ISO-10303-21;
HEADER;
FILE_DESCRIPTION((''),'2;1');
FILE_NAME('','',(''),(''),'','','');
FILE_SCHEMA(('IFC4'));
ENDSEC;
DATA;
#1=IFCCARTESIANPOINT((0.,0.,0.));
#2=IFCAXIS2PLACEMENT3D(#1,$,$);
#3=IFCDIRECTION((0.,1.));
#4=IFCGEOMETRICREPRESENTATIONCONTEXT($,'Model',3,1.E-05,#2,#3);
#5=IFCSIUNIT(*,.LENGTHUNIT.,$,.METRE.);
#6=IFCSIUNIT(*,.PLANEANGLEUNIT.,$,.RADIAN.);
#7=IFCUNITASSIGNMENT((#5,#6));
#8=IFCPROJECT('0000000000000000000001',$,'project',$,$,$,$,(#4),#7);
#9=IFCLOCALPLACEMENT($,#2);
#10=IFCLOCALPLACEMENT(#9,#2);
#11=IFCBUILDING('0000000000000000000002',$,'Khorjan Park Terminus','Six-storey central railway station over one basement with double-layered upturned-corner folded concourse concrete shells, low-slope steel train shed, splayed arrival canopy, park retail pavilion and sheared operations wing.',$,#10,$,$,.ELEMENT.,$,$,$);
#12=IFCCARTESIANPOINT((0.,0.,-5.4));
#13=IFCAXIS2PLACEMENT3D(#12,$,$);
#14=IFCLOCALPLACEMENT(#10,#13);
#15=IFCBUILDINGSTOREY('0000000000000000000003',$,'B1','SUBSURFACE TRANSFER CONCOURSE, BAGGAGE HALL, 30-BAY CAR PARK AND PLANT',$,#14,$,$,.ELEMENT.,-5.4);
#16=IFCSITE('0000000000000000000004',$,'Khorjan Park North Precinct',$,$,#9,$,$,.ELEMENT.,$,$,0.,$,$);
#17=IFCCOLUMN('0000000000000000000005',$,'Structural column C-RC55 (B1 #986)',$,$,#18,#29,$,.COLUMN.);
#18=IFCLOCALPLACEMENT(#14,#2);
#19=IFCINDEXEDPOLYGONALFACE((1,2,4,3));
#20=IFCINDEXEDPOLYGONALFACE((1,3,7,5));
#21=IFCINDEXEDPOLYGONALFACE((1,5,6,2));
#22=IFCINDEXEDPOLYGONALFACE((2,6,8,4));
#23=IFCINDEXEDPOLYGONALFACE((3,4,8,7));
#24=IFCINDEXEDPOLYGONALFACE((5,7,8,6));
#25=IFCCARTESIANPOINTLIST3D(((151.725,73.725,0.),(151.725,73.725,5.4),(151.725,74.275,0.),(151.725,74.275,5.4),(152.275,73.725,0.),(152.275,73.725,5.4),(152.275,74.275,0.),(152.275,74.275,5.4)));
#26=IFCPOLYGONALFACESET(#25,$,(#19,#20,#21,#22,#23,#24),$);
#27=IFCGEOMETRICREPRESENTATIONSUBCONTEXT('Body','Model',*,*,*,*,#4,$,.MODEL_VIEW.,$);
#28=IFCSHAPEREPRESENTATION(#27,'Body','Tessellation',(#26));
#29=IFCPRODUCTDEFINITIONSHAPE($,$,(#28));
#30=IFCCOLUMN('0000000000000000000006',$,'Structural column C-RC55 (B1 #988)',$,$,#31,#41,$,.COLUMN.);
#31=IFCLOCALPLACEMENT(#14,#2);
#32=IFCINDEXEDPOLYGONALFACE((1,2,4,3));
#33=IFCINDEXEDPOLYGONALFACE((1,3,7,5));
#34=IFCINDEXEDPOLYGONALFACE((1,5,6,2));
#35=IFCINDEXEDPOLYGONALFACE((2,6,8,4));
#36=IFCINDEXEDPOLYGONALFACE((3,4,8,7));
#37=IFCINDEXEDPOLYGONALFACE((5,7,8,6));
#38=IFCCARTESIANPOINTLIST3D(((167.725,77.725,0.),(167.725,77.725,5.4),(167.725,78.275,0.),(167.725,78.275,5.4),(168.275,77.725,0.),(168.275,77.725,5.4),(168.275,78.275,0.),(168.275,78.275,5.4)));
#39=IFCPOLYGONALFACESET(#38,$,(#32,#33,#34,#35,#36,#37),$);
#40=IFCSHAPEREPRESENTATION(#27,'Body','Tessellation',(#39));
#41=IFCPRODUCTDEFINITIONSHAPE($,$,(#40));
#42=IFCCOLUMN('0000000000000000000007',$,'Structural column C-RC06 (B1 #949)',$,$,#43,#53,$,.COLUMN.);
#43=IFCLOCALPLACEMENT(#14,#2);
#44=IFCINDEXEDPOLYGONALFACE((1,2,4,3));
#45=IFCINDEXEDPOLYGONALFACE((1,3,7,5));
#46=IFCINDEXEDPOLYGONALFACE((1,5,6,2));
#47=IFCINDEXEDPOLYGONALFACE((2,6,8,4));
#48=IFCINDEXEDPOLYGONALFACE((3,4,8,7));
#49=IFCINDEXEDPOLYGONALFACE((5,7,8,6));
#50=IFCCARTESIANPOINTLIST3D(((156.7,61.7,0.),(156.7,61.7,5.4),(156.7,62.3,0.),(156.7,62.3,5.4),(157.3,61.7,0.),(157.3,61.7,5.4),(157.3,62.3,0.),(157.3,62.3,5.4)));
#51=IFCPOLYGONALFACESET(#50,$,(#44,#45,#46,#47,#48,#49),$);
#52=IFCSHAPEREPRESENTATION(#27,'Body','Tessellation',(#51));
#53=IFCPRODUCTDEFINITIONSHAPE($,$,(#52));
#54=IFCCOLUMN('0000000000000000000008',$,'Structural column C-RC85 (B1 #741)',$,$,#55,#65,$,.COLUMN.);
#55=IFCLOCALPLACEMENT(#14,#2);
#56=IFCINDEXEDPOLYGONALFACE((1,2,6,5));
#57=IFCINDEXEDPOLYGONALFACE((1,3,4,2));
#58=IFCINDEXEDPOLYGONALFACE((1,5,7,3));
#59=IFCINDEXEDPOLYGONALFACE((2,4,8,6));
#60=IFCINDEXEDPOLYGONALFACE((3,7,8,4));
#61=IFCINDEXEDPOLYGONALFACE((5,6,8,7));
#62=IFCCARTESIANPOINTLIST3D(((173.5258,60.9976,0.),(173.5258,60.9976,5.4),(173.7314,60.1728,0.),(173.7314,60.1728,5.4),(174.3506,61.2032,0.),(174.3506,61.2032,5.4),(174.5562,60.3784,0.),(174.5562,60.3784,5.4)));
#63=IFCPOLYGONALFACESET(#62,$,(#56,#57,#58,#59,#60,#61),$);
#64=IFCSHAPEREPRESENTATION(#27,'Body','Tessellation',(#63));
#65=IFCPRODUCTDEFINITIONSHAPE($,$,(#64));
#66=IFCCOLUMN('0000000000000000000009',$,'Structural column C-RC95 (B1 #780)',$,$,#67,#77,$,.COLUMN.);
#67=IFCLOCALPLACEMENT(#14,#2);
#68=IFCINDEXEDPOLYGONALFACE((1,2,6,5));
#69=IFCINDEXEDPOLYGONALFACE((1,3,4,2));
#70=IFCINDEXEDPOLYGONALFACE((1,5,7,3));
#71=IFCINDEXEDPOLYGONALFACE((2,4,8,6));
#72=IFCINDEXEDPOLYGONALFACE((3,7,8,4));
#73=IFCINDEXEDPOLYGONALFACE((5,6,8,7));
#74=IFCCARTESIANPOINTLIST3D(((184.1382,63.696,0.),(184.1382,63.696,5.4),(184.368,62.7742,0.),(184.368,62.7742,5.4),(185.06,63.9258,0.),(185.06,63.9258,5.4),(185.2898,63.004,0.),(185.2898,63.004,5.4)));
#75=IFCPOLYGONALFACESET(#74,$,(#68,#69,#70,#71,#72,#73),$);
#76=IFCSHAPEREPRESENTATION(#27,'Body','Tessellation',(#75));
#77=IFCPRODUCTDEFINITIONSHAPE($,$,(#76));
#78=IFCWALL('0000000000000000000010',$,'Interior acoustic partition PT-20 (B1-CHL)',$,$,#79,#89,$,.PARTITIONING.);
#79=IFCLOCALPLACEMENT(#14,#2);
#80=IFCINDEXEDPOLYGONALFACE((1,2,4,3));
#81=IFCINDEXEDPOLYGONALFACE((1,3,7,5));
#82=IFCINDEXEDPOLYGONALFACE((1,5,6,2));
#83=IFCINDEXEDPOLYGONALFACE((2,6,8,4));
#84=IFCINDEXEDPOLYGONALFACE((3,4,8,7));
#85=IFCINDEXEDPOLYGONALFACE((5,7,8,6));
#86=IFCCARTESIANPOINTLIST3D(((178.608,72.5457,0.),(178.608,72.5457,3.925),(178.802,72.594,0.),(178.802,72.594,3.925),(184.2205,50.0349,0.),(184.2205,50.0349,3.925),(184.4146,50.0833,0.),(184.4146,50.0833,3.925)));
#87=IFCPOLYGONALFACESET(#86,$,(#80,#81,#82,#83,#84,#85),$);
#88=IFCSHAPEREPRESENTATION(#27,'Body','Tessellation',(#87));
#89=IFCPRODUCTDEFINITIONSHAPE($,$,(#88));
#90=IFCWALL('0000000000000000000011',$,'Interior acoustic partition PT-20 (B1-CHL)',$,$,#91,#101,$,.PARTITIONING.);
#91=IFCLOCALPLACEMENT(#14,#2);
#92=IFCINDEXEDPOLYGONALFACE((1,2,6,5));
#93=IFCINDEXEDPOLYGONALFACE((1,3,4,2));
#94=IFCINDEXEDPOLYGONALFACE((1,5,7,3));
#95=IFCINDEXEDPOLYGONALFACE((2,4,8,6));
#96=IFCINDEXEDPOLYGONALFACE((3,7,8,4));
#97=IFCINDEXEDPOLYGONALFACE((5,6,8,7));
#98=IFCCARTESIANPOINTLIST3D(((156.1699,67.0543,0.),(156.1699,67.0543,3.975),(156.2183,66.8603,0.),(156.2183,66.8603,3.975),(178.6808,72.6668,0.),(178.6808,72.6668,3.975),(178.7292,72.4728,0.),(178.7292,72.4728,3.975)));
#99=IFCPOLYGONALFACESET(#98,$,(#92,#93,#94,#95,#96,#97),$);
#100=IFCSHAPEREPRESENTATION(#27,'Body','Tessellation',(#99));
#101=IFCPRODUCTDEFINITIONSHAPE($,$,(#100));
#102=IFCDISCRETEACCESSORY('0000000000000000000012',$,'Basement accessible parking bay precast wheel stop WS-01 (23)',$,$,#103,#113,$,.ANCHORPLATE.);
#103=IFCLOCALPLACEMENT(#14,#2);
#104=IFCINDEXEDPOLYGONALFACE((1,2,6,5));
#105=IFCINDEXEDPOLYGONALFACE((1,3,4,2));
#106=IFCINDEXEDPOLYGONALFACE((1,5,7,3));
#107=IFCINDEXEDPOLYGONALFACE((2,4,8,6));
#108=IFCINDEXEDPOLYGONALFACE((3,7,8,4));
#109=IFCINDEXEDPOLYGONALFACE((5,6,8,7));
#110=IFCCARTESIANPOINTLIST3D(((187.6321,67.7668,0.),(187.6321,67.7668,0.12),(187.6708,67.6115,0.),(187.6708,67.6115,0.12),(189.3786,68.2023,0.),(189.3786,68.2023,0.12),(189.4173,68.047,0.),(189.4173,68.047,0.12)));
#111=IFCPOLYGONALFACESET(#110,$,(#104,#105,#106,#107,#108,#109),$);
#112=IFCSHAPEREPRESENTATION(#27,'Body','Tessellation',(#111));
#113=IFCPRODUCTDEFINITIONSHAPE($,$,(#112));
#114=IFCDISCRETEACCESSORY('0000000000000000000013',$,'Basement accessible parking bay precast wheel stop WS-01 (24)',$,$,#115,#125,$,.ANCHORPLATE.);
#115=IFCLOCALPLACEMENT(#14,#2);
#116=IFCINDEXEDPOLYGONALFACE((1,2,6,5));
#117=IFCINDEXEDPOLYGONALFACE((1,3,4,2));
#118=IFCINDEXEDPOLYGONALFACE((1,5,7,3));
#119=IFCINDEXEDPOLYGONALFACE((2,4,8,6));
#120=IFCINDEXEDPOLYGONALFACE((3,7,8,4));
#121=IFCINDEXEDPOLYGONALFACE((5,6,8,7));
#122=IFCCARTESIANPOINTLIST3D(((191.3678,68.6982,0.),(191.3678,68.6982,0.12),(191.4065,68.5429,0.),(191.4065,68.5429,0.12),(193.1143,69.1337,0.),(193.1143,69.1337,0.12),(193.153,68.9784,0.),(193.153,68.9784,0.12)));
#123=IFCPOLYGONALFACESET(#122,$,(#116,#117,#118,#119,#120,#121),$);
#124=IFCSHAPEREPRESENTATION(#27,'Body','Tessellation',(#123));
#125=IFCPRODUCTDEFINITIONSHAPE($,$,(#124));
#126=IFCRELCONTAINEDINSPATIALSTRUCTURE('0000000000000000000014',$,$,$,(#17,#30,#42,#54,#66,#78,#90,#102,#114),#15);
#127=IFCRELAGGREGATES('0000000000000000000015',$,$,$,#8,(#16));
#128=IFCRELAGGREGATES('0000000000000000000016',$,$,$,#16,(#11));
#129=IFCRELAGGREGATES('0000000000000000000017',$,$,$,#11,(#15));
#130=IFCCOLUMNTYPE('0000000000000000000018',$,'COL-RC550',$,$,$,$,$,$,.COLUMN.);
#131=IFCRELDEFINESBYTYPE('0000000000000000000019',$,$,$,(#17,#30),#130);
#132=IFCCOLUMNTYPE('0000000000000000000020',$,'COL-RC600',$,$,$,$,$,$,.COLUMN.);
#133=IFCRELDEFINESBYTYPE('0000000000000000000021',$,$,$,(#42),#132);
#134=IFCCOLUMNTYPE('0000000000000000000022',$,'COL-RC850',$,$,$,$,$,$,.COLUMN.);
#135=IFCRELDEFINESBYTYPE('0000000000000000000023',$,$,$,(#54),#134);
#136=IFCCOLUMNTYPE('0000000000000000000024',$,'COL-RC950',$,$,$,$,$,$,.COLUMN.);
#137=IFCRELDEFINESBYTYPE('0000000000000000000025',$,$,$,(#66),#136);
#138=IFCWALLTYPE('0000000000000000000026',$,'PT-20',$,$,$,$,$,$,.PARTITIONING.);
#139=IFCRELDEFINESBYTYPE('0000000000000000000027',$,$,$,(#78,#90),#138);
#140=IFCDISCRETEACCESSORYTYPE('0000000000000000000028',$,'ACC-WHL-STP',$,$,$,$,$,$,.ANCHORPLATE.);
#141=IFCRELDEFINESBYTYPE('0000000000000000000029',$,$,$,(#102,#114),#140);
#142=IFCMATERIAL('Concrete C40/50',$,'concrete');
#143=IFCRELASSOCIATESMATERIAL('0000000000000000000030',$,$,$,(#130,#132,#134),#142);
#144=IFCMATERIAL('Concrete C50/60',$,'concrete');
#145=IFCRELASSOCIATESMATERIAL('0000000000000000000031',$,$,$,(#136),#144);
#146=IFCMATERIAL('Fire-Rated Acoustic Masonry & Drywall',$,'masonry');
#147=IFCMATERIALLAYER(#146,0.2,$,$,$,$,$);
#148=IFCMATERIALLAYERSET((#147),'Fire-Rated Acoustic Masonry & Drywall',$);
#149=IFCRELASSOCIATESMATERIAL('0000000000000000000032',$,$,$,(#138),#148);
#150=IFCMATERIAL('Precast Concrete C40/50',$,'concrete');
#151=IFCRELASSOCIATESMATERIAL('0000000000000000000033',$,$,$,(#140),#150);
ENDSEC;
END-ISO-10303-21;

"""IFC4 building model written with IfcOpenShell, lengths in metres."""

from ifc_helpers import new_model, si_unit, direction, frame, frame_2d, origin, origin_2d, place, context, subcontext, project, spatial, rectangle, extrude, material, layer, layer_set, material_profile, profile_set, type_object, element, save


model = new_model("IFC4")

# Units and contexts
model_context = context("Model", 3, precision=1e-05, world=origin(), true_north=direction((0.0, 1.0)))
body_context = subcontext(model_context, "Body", "Model", "MODEL_VIEW")
ifc_project = project(units=[si_unit("LENGTHUNIT", "METRE"), si_unit("PLANEANGLEUNIT", "RADIAN")], contexts=[model_context])

# Site, building, storey
site_placement = place(None, origin())
site = spatial("IfcSite", under=ifc_project, at=site_placement, Name="Khorjan Park North Precinct", CompositionType="ELEMENT", RefElevation=0.0)
building_placement = place(site_placement, origin())
building = spatial("IfcBuilding", under=site, at=building_placement, Name="Khorjan Park Terminus", Description="Six-storey central railway station over one basement with double-layered upturned-corner folded concourse concrete shells, low-slope steel train shed, splayed arrival canopy, park retail pavilion and sheared operations wing.", CompositionType="ELEMENT")
storey_placement = place(building_placement, frame((0.0, 0.0, -5.4)))
storey = spatial("IfcBuildingStorey", under=building, at=storey_placement, Name="B1", Description="SUBSURFACE TRANSFER CONCOURSE, BAGGAGE HALL, 30-BAY CAR PARK AND PLANT", CompositionType="ELEMENT", Elevation=-5.4)

# Shared definitions
ifc_material_1 = material(Name="Concrete C40/50", Category="concrete")

# Columns
ifc_material_2 = material(Name="Concrete C50/60", Category="concrete")
ifc_material_profile_1 = material_profile(ifc_material_1, rectangle(XDim=0.55, YDim=0.55, at=origin_2d()), Name="RC 550x550")
ifc_profile_set_1 = profile_set([ifc_material_profile_1], Name="Concrete C40/50")
column_type_1 = type_object("IfcColumnType", Name="COL-RC550", PredefinedType="COLUMN", material=ifc_profile_set_1)
for number, where, z_axis, x_axis, name in (
    (1, (152.0, 74.0, 0.0), (0.0, 0.0, 1.0), (1.0, 0.0, 0.0), "Structural column C-RC55 (B1 #986)"),
    (2, (168.0, 78.0, 0.0), (0.0, 0.0, 1.0), (1.0, 0.0, 0.0), "Structural column C-RC55 (B1 #988)"),
):
    element("IfcColumn", number, at=place(storey_placement, frame(where, z_axis=z_axis, x_axis=x_axis)), inside=storey, type_object=column_type_1, Name=name, PredefinedType="COLUMN", context=body_context, shape_type="SweptSolid", body=[
        extrude(rectangle(XDim=0.55, YDim=0.55, at=origin_2d()), origin(), (0.0, 0.0, 1.0), 5.4),
    ])
ifc_material_profile_2 = material_profile(ifc_material_1, rectangle(XDim=0.6, YDim=0.6, at=origin_2d()), Name="RC 600x600")
ifc_profile_set_2 = profile_set([ifc_material_profile_2], Name="Concrete C40/50")
column_type_2 = type_object("IfcColumnType", Name="COL-RC600", PredefinedType="COLUMN", material=ifc_profile_set_2)
column_1_placement = place(storey_placement, frame((157.0, 62.0, 0.0), z_axis=(0.0, 0.0, 1.0), x_axis=(1.0, 0.0, 0.0)))
element("IfcColumn", 3, at=column_1_placement, inside=storey, type_object=column_type_2, Name="Structural column C-RC06 (B1 #949)", PredefinedType="COLUMN", context=body_context, shape_type="SweptSolid", body=[
    extrude(rectangle(XDim=0.6, YDim=0.6, at=origin_2d()), origin(), (0.0, 0.0, 1.0), 5.4),
])
ifc_material_profile_3 = material_profile(ifc_material_1, rectangle(XDim=0.85, YDim=0.85, at=origin_2d()), Name="RC 850x850")
ifc_profile_set_3 = profile_set([ifc_material_profile_3], Name="Concrete C40/50")
column_type_3 = type_object("IfcColumnType", Name="COL-RC850", PredefinedType="COLUMN", material=ifc_profile_set_3)
column_2_placement = place(storey_placement, frame((174.041, 60.688, 0.0), z_axis=(0.0, 0.0, 1.0), x_axis=(0.970296, 0.241922, 0.0)))
element("IfcColumn", 4, at=column_2_placement, inside=storey, type_object=column_type_3, Name="Structural column C-RC85 (B1 #741)", PredefinedType="COLUMN", context=body_context, shape_type="SweptSolid", body=[
    extrude(rectangle(XDim=0.85, YDim=0.85, at=origin_2d()), origin(), (0.0, 0.0, 1.0), 5.4),
])
ifc_material_profile_4 = material_profile(ifc_material_2, rectangle(XDim=0.95, YDim=0.95, at=origin_2d()), Name="RC 950x950")
ifc_profile_set_4 = profile_set([ifc_material_profile_4], Name="Concrete C50/60")
column_type_4 = type_object("IfcColumnType", Name="COL-RC950", PredefinedType="COLUMN", material=ifc_profile_set_4)
column_3_placement = place(storey_placement, frame((184.714, 63.35, 0.0), z_axis=(0.0, 0.0, 1.0), x_axis=(0.970296, 0.241922, 0.0)))
element("IfcColumn", 5, at=column_3_placement, inside=storey, type_object=column_type_4, Name="Structural column C-RC95 (B1 #780)", PredefinedType="COLUMN", context=body_context, shape_type="SweptSolid", body=[
    extrude(rectangle(XDim=0.95, YDim=0.95, at=origin_2d()), origin(), (0.0, 0.0, 1.0), 5.4),
])

# Walls
ifc_material_3 = material(Name="Fire-Rated Acoustic Masonry & Drywall", Category="masonry")
ifc_layer = layer(ifc_material_3, 0.2)
ifc_layer_set = layer_set([ifc_layer], Name="Fire-Rated Acoustic Masonry & Drywall")
wall_type = type_object("IfcWallType", Name="PT-20", PredefinedType="PARTITIONING", material=ifc_layer_set)
wall_1_placement = place(storey_placement, frame((178.705, 72.5698, 0.0), z_axis=(0.0, 0.0, 1.0), x_axis=(0.241923, -0.970295, 0.0)))
element("IfcWall", 6, at=wall_1_placement, inside=storey, type_object=wall_type, Name="Interior acoustic partition PT-20 (B1-CHL)", PredefinedType="PARTITIONING", context=body_context, shape_type="SweptSolid", body=[
    extrude(rectangle(XDim=23.1999, YDim=0.2, at=frame_2d((11.5999, 0.0))), origin(), (0.0, 0.0, 1.0), 3.925),
])
wall_2_placement = place(storey_placement, frame((156.1941, 66.9573, 0.0), z_axis=(0.0, 0.0, 1.0), x_axis=(0.970297, 0.241918, 0.0)))
element("IfcWall", 7, at=wall_2_placement, inside=storey, type_object=wall_type, Name="Interior acoustic partition PT-20 (B1-CHL)", PredefinedType="PARTITIONING", context=body_context, shape_type="SweptSolid", body=[
    extrude(rectangle(XDim=23.2, YDim=0.2, at=frame_2d((11.6, 0.0))), origin(), (0.0, 0.0, 1.0), 3.975),
])

# Discrete accessories
ifc_material_4 = material(Name="Precast Concrete C40/50", Category="concrete")
discrete_accessory_type = type_object("IfcDiscreteAccessoryType", Name="ACC-WHL-STP", PredefinedType="ANCHORPLATE", material=ifc_material_4)
for number, where, z_axis, x_axis, name in (
    (8, (188.5247, 67.9069, 0.0), (0.0, 0.0, 1.0), (0.970296, 0.241922, 0.0), "Basement accessible parking bay precast wheel stop WS-01 (23)"),
    (9, (192.2604, 68.8383, 0.0), (0.0, 0.0, 1.0), (0.970296, 0.241922, 0.0), "Basement accessible parking bay precast wheel stop WS-01 (24)"),
):
    element("IfcDiscreteAccessory", number, at=place(storey_placement, frame(where, z_axis=z_axis, x_axis=x_axis)), inside=storey, type_object=discrete_accessory_type, Name=name, PredefinedType="ANCHORPLATE", context=body_context, shape_type="SweptSolid", body=[
        extrude(rectangle(XDim=1.8, YDim=0.16, at=origin_2d()), origin(), (0.0, 0.0, 1.0), 0.12),
    ])

save(model, "model.ifc")
